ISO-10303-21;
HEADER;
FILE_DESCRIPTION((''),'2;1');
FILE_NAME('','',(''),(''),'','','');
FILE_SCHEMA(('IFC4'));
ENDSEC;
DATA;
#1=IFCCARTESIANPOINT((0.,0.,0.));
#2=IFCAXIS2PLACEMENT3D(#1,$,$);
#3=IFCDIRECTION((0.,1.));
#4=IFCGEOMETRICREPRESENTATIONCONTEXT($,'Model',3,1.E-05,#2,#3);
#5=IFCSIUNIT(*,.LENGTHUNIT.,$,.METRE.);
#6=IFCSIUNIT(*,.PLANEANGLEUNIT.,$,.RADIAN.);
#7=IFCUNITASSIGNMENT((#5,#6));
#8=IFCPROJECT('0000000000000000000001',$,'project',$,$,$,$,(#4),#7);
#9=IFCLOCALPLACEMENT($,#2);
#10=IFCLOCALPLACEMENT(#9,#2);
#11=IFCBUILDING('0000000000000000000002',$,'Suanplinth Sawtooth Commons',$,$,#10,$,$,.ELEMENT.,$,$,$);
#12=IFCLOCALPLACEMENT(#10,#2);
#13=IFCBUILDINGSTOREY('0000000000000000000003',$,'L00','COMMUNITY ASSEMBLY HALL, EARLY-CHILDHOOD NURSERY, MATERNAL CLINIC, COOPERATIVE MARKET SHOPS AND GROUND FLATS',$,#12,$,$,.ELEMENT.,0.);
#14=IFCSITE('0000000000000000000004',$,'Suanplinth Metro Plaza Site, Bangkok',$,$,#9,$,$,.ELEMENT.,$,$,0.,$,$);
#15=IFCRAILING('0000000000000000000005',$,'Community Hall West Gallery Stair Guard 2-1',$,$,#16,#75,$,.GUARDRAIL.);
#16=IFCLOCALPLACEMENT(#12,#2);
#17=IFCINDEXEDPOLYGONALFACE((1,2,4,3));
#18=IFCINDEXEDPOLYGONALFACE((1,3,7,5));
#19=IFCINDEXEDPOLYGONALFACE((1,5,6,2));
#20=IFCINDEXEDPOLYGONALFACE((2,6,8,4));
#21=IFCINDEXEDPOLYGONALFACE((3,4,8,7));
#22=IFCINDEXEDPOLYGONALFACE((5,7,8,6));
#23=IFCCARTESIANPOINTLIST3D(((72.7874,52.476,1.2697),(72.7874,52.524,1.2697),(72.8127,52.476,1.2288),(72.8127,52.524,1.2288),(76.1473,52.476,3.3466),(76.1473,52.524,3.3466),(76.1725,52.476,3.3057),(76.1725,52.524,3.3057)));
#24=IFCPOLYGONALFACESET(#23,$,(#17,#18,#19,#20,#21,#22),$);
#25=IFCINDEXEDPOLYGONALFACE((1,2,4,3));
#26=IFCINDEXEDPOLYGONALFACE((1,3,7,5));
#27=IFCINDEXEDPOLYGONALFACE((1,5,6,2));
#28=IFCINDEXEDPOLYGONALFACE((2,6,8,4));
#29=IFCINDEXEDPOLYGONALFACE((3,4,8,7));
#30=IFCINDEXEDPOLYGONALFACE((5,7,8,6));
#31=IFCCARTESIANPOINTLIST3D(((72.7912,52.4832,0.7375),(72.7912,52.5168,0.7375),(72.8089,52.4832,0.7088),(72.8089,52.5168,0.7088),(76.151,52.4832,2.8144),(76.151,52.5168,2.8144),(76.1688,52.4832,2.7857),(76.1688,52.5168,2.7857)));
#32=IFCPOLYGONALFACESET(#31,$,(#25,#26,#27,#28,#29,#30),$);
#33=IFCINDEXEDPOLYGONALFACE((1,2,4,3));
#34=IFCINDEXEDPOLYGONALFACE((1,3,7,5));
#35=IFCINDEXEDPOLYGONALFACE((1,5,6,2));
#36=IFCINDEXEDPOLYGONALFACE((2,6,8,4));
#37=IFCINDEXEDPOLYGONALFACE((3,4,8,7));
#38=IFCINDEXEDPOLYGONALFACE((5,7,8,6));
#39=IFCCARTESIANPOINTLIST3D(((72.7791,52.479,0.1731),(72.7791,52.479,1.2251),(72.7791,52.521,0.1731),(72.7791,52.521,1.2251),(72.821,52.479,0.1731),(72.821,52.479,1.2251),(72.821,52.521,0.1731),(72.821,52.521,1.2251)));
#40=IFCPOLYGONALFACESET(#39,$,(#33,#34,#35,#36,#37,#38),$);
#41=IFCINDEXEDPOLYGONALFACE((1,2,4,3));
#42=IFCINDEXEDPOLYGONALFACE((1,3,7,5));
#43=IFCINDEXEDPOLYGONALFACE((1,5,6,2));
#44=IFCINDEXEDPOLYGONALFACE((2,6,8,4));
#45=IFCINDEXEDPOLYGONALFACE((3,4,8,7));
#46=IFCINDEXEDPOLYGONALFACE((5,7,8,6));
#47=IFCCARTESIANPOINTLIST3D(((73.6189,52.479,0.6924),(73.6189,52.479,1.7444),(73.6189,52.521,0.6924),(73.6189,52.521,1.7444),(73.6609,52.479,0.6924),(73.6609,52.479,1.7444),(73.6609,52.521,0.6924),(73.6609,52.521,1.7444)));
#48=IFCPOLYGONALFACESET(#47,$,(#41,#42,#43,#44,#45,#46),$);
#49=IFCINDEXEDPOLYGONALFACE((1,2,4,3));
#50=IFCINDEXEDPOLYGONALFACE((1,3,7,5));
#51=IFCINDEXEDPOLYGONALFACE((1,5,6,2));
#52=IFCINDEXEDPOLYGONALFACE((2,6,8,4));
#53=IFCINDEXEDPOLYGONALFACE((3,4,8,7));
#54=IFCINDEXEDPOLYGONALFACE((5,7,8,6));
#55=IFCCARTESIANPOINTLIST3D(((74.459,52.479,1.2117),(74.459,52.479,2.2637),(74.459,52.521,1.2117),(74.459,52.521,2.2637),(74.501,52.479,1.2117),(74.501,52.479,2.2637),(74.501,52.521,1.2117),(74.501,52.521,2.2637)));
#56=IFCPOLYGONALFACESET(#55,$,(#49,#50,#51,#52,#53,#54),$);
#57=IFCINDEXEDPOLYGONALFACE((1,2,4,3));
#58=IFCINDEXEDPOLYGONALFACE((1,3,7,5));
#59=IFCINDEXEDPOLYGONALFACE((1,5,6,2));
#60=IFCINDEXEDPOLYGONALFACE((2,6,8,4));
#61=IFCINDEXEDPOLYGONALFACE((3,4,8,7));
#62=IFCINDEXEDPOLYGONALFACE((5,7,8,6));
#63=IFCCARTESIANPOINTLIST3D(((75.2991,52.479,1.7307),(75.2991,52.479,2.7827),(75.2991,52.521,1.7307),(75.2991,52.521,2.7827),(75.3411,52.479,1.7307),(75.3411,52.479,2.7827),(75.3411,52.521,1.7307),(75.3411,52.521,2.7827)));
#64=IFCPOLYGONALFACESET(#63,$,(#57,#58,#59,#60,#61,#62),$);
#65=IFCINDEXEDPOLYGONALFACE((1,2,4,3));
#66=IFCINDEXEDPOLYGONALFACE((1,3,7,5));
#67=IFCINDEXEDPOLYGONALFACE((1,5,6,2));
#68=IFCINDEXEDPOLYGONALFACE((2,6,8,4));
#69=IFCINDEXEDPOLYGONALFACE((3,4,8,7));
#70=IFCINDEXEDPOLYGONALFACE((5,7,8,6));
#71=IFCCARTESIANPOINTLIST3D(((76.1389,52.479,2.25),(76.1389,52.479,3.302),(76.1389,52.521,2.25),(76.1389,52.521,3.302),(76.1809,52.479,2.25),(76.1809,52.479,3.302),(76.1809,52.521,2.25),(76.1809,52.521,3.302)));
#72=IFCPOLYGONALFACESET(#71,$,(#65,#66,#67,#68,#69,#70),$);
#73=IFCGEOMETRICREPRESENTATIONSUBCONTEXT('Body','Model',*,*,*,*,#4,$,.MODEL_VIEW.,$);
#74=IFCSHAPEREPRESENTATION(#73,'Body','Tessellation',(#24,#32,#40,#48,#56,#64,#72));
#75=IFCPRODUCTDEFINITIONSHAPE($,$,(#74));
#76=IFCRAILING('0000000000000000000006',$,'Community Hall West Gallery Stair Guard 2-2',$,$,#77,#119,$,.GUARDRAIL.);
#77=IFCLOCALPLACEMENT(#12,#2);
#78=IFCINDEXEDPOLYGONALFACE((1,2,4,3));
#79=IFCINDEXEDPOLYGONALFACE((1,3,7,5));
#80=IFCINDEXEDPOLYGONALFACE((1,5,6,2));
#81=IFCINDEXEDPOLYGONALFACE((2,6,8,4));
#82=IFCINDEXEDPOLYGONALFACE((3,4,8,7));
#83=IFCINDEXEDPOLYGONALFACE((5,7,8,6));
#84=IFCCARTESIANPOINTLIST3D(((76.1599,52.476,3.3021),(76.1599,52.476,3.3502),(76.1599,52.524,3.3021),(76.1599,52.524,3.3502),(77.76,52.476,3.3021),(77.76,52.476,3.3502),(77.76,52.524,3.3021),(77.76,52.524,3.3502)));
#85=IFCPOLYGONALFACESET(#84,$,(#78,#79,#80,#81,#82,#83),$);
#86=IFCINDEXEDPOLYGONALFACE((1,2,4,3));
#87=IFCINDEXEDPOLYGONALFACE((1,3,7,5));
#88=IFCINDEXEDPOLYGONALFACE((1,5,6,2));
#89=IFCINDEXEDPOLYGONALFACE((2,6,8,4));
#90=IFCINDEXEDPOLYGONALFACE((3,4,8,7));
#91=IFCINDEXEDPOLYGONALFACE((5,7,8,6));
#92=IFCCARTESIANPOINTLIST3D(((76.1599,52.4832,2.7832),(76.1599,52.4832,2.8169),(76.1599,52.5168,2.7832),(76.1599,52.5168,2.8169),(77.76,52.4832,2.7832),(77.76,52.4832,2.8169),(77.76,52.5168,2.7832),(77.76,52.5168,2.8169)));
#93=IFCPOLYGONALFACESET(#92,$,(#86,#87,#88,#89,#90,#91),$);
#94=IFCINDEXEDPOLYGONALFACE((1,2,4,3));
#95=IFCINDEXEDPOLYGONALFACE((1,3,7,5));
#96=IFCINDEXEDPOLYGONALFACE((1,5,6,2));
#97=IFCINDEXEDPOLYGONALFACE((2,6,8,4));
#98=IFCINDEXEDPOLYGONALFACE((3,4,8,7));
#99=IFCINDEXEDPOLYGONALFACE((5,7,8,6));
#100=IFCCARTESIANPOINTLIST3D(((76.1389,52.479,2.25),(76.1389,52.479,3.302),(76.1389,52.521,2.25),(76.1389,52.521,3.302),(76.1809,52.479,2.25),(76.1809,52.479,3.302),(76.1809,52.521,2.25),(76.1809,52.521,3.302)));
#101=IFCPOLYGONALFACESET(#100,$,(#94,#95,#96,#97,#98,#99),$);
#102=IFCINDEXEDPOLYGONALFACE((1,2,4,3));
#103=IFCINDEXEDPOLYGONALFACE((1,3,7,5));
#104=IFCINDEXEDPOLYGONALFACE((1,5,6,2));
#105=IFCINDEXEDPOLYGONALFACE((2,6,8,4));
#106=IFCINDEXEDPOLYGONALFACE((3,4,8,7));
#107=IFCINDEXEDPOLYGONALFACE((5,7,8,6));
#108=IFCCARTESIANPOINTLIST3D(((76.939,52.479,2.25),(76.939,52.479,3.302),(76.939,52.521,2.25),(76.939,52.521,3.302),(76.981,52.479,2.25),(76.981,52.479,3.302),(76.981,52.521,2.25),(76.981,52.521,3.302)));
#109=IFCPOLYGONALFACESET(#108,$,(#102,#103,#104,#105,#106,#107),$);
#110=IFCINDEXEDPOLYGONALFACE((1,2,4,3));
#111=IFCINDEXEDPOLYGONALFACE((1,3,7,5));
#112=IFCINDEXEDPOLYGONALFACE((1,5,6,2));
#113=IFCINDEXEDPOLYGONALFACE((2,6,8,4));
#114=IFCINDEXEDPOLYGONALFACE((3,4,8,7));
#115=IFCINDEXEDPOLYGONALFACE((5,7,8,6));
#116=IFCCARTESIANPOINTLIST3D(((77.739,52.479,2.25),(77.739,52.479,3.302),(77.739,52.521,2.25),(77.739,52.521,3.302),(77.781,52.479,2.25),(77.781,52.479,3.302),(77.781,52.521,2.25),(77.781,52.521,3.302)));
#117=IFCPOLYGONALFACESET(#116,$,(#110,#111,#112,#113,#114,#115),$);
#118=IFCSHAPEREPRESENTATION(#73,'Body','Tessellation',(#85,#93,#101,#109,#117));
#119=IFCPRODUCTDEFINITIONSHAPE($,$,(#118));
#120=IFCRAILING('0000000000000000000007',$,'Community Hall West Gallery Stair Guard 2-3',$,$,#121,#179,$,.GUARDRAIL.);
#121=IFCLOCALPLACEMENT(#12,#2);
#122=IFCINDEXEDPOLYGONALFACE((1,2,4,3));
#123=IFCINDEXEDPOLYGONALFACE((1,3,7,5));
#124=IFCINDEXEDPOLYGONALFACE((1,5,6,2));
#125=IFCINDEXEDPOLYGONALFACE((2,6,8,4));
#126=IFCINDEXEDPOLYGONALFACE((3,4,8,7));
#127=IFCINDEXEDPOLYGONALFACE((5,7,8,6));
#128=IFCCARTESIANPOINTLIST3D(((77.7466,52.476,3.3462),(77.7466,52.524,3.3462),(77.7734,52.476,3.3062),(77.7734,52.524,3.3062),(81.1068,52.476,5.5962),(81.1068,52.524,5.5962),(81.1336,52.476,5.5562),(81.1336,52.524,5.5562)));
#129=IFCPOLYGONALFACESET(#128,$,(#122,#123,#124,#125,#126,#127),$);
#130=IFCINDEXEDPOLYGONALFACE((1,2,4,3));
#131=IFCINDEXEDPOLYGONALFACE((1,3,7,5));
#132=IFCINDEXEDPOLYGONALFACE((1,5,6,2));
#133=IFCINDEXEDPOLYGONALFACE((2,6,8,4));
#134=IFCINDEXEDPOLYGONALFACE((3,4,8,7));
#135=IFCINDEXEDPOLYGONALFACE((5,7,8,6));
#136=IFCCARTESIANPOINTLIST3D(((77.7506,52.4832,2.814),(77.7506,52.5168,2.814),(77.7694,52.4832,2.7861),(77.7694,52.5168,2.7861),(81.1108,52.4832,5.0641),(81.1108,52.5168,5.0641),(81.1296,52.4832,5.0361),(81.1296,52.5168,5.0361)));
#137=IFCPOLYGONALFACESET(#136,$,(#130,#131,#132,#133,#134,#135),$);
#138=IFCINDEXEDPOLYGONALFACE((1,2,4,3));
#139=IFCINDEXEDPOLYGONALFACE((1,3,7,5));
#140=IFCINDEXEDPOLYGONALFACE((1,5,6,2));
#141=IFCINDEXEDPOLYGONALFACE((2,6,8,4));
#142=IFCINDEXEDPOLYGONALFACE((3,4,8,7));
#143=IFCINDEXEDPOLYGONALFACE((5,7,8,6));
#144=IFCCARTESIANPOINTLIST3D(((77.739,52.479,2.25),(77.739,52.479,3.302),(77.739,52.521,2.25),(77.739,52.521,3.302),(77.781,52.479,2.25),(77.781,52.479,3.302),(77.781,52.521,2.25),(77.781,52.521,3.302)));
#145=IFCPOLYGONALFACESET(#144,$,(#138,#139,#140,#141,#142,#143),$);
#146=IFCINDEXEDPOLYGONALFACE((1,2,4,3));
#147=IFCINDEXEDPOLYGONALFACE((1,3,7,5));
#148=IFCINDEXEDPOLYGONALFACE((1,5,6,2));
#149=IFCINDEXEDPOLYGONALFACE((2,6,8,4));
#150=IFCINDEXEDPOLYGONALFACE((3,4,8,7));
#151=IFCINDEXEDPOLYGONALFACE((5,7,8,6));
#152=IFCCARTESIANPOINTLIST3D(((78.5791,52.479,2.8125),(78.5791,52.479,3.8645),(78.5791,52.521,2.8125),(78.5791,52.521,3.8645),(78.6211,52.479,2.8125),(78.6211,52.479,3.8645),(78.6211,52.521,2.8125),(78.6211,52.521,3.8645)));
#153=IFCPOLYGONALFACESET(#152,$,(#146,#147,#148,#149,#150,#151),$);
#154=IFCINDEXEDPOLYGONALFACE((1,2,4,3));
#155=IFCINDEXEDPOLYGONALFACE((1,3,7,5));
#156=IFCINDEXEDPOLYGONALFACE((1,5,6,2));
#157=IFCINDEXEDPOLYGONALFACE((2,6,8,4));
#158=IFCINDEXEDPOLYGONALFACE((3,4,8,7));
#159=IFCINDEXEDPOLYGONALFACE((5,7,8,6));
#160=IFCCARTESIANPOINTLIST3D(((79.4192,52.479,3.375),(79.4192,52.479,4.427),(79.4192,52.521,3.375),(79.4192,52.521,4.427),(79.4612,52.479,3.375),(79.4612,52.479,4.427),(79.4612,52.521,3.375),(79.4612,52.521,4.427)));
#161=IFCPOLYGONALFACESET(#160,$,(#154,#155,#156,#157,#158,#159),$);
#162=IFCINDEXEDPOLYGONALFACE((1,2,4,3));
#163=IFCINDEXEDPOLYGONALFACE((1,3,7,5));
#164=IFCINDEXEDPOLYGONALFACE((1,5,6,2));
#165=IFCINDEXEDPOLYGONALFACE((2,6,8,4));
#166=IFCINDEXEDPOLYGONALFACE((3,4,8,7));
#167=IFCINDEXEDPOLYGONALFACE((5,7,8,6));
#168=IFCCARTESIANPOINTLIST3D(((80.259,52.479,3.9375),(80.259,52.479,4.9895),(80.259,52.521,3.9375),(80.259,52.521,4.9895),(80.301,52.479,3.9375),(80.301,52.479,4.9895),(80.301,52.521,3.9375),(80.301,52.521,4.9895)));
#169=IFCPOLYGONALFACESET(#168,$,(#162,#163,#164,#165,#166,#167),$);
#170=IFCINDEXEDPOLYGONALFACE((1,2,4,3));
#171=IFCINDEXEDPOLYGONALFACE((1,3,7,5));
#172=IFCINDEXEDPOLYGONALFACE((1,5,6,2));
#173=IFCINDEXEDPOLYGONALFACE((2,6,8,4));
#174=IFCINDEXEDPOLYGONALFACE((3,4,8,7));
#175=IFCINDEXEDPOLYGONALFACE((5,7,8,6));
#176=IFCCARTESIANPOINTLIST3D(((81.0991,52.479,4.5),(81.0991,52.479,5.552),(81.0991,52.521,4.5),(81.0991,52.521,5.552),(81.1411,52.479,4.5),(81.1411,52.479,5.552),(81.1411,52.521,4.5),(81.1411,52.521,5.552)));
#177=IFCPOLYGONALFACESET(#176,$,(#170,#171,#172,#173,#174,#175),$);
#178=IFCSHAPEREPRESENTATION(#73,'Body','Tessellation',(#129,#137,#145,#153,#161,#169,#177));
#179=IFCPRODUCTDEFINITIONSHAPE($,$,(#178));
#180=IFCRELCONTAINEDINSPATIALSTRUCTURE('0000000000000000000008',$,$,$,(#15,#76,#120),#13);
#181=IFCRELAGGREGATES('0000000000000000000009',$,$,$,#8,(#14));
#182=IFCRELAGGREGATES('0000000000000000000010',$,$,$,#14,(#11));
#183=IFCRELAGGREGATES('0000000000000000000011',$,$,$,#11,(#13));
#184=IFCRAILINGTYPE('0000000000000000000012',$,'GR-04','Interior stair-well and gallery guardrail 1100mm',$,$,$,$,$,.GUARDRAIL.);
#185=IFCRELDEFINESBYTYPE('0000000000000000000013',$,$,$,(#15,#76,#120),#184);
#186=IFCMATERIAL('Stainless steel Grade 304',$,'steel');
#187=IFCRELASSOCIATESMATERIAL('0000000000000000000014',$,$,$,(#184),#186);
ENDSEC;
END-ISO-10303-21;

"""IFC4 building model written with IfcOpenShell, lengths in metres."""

from ifc_helpers import new_model, si_unit, direction, frame, origin, origin_2d, place, context, subcontext, project, spatial, rectangle, extrude, material, type_object, element, save


model = new_model("IFC4")

# Units and contexts
model_context = context("Model", 3, precision=1e-05, world=origin(), true_north=direction((0.0, 1.0)))
body_context = subcontext(model_context, "Body", "Model", "MODEL_VIEW")
ifc_project = project(units=[si_unit("LENGTHUNIT", "METRE"), si_unit("PLANEANGLEUNIT", "RADIAN")], contexts=[model_context])

# Site, building, storey
site_placement = place(None, origin())
site = spatial("IfcSite", under=ifc_project, at=site_placement, Name="Suanplinth Metro Plaza Site, Bangkok", CompositionType="ELEMENT", RefElevation=0.0)
building_placement = place(site_placement, origin())
building = spatial("IfcBuilding", under=site, at=building_placement, Name="Suanplinth Sawtooth Commons", CompositionType="ELEMENT")
storey_placement = place(building_placement, origin())
storey = spatial("IfcBuildingStorey", under=building, at=storey_placement, Name="L00", Description="COMMUNITY ASSEMBLY HALL, EARLY-CHILDHOOD NURSERY, MATERNAL CLINIC, COOPERATIVE MARKET SHOPS AND GROUND FLATS", CompositionType="ELEMENT", Elevation=0.0)

# Railings
ifc_material_1 = material(Name="Stainless steel Grade 304", Category="steel")
railing_type_1 = type_object("IfcRailingType", Name="GR-04", Description="Interior stair-well and gallery guardrail 1100mm", PredefinedType="GUARDRAIL", material=ifc_material_1)
railing_1_placement = place(storey_placement, frame((72.8, 52.5, 0.1731)))
element("IfcRailing", 1, at=railing_1_placement, inside=storey, type_object=railing_type_1, Name="Community Hall West Gallery Stair Guard 2-1", PredefinedType="GUARDRAIL", context=body_context, shape_type="SweptSolid", body=[
    extrude(rectangle(XDim=0.0481, YDim=0.0481, at=origin_2d()), frame((0.0, 0.0, 1.0762), z_axis=(0.850606, 0.0, 0.525803), x_axis=(0.0, 1.0, 0.0)), (0.0, 0.0, 1.0), 3.95),
    extrude(rectangle(XDim=0.0337, YDim=0.0337, at=origin_2d()), frame((0.0, 0.0, 0.55), z_axis=(0.850606, 0.0, 0.525803), x_axis=(0.0, 1.0, 0.0)), (0.0, 0.0, 1.0), 3.95),
    extrude(rectangle(XDim=0.042, YDim=0.042, at=origin_2d()), origin(), (0.0, 0.0, 1.0), 1.052),
    extrude(rectangle(XDim=0.042, YDim=0.042, at=origin_2d()), frame((0.8398, 0.0, 0.5193)), (0.0, 0.0, 1.0), 1.052),
    extrude(rectangle(XDim=0.042, YDim=0.042, at=origin_2d()), frame((1.6799, 0.0, 1.0386)), (0.0, 0.0, 1.0), 1.052),
    extrude(rectangle(XDim=0.042, YDim=0.042, at=origin_2d()), frame((2.52, 0.0, 1.5576)), (0.0, 0.0, 1.0), 1.052),
    extrude(rectangle(XDim=0.042, YDim=0.042, at=origin_2d()), frame((3.3599, 0.0, 2.0769)), (0.0, 0.0, 1.0), 1.052),
])
railing_2_placement = place(storey_placement, frame((76.1599, 52.5, 2.25)))
element("IfcRailing", 2, at=railing_2_placement, inside=storey, type_object=railing_type_1, Name="Community Hall West Gallery Stair Guard 2-2", PredefinedType="GUARDRAIL", context=body_context, shape_type="SweptSolid", body=[
    extrude(rectangle(XDim=0.0481, YDim=0.0481, at=origin_2d()), frame((0.0, 0.0, 1.0762), z_axis=(1.0, 0.0, 0.0), x_axis=(0.0, 1.0, 0.0)), (0.0, 0.0, 1.0), 1.6001),
    extrude(rectangle(XDim=0.0337, YDim=0.0337, at=origin_2d()), frame((0.0, 0.0, 0.55), z_axis=(1.0, 0.0, 0.0), x_axis=(0.0, 1.0, 0.0)), (0.0, 0.0, 1.0), 1.6001),
    extrude(rectangle(XDim=0.042, YDim=0.042, at=origin_2d()), origin(), (0.0, 0.0, 1.0), 1.052),
    extrude(rectangle(XDim=0.042, YDim=0.042, at=origin_2d()), frame((0.8, 0.0, 0.0)), (0.0, 0.0, 1.0), 1.052),
    extrude(rectangle(XDim=0.042, YDim=0.042, at=origin_2d()), frame((1.6001, 0.0, 0.0)), (0.0, 0.0, 1.0), 1.052),
])
railing_3_placement = place(storey_placement, frame((77.76, 52.5, 2.25)))
element("IfcRailing", 3, at=railing_3_placement, inside=storey, type_object=railing_type_1, Name="Community Hall West Gallery Stair Guard 2-3", PredefinedType="GUARDRAIL", context=body_context, shape_type="SweptSolid", body=[
    extrude(rectangle(XDim=0.0481, YDim=0.0481, at=origin_2d()), frame((0.0, 0.0, 1.0762), z_axis=(0.830915, 0.0, 0.556399), x_axis=(0.0, 1.0, 0.0)), (0.0, 0.0, 1.0), 4.0439),
    extrude(rectangle(XDim=0.0337, YDim=0.0337, at=origin_2d()), frame((0.0, 0.0, 0.55), z_axis=(0.830915, 0.0, 0.556399), x_axis=(0.0, 1.0, 0.0)), (0.0, 0.0, 1.0), 4.0439),
    extrude(rectangle(XDim=0.042, YDim=0.042, at=origin_2d()), origin(), (0.0, 0.0, 1.0), 1.052),
    extrude(rectangle(XDim=0.042, YDim=0.042, at=origin_2d()), frame((0.8401, 0.0, 0.5625)), (0.0, 0.0, 1.0), 1.052),
    extrude(rectangle(XDim=0.042, YDim=0.042, at=origin_2d()), frame((1.6802, 0.0, 1.125)), (0.0, 0.0, 1.0), 1.052),
    extrude(rectangle(XDim=0.042, YDim=0.042, at=origin_2d()), frame((2.52, 0.0, 1.6875)), (0.0, 0.0, 1.0), 1.052),
    extrude(rectangle(XDim=0.042, YDim=0.042, at=origin_2d()), frame((3.3601, 0.0, 2.25)), (0.0, 0.0, 1.0), 1.052),
])

save(model, "model.ifc")
